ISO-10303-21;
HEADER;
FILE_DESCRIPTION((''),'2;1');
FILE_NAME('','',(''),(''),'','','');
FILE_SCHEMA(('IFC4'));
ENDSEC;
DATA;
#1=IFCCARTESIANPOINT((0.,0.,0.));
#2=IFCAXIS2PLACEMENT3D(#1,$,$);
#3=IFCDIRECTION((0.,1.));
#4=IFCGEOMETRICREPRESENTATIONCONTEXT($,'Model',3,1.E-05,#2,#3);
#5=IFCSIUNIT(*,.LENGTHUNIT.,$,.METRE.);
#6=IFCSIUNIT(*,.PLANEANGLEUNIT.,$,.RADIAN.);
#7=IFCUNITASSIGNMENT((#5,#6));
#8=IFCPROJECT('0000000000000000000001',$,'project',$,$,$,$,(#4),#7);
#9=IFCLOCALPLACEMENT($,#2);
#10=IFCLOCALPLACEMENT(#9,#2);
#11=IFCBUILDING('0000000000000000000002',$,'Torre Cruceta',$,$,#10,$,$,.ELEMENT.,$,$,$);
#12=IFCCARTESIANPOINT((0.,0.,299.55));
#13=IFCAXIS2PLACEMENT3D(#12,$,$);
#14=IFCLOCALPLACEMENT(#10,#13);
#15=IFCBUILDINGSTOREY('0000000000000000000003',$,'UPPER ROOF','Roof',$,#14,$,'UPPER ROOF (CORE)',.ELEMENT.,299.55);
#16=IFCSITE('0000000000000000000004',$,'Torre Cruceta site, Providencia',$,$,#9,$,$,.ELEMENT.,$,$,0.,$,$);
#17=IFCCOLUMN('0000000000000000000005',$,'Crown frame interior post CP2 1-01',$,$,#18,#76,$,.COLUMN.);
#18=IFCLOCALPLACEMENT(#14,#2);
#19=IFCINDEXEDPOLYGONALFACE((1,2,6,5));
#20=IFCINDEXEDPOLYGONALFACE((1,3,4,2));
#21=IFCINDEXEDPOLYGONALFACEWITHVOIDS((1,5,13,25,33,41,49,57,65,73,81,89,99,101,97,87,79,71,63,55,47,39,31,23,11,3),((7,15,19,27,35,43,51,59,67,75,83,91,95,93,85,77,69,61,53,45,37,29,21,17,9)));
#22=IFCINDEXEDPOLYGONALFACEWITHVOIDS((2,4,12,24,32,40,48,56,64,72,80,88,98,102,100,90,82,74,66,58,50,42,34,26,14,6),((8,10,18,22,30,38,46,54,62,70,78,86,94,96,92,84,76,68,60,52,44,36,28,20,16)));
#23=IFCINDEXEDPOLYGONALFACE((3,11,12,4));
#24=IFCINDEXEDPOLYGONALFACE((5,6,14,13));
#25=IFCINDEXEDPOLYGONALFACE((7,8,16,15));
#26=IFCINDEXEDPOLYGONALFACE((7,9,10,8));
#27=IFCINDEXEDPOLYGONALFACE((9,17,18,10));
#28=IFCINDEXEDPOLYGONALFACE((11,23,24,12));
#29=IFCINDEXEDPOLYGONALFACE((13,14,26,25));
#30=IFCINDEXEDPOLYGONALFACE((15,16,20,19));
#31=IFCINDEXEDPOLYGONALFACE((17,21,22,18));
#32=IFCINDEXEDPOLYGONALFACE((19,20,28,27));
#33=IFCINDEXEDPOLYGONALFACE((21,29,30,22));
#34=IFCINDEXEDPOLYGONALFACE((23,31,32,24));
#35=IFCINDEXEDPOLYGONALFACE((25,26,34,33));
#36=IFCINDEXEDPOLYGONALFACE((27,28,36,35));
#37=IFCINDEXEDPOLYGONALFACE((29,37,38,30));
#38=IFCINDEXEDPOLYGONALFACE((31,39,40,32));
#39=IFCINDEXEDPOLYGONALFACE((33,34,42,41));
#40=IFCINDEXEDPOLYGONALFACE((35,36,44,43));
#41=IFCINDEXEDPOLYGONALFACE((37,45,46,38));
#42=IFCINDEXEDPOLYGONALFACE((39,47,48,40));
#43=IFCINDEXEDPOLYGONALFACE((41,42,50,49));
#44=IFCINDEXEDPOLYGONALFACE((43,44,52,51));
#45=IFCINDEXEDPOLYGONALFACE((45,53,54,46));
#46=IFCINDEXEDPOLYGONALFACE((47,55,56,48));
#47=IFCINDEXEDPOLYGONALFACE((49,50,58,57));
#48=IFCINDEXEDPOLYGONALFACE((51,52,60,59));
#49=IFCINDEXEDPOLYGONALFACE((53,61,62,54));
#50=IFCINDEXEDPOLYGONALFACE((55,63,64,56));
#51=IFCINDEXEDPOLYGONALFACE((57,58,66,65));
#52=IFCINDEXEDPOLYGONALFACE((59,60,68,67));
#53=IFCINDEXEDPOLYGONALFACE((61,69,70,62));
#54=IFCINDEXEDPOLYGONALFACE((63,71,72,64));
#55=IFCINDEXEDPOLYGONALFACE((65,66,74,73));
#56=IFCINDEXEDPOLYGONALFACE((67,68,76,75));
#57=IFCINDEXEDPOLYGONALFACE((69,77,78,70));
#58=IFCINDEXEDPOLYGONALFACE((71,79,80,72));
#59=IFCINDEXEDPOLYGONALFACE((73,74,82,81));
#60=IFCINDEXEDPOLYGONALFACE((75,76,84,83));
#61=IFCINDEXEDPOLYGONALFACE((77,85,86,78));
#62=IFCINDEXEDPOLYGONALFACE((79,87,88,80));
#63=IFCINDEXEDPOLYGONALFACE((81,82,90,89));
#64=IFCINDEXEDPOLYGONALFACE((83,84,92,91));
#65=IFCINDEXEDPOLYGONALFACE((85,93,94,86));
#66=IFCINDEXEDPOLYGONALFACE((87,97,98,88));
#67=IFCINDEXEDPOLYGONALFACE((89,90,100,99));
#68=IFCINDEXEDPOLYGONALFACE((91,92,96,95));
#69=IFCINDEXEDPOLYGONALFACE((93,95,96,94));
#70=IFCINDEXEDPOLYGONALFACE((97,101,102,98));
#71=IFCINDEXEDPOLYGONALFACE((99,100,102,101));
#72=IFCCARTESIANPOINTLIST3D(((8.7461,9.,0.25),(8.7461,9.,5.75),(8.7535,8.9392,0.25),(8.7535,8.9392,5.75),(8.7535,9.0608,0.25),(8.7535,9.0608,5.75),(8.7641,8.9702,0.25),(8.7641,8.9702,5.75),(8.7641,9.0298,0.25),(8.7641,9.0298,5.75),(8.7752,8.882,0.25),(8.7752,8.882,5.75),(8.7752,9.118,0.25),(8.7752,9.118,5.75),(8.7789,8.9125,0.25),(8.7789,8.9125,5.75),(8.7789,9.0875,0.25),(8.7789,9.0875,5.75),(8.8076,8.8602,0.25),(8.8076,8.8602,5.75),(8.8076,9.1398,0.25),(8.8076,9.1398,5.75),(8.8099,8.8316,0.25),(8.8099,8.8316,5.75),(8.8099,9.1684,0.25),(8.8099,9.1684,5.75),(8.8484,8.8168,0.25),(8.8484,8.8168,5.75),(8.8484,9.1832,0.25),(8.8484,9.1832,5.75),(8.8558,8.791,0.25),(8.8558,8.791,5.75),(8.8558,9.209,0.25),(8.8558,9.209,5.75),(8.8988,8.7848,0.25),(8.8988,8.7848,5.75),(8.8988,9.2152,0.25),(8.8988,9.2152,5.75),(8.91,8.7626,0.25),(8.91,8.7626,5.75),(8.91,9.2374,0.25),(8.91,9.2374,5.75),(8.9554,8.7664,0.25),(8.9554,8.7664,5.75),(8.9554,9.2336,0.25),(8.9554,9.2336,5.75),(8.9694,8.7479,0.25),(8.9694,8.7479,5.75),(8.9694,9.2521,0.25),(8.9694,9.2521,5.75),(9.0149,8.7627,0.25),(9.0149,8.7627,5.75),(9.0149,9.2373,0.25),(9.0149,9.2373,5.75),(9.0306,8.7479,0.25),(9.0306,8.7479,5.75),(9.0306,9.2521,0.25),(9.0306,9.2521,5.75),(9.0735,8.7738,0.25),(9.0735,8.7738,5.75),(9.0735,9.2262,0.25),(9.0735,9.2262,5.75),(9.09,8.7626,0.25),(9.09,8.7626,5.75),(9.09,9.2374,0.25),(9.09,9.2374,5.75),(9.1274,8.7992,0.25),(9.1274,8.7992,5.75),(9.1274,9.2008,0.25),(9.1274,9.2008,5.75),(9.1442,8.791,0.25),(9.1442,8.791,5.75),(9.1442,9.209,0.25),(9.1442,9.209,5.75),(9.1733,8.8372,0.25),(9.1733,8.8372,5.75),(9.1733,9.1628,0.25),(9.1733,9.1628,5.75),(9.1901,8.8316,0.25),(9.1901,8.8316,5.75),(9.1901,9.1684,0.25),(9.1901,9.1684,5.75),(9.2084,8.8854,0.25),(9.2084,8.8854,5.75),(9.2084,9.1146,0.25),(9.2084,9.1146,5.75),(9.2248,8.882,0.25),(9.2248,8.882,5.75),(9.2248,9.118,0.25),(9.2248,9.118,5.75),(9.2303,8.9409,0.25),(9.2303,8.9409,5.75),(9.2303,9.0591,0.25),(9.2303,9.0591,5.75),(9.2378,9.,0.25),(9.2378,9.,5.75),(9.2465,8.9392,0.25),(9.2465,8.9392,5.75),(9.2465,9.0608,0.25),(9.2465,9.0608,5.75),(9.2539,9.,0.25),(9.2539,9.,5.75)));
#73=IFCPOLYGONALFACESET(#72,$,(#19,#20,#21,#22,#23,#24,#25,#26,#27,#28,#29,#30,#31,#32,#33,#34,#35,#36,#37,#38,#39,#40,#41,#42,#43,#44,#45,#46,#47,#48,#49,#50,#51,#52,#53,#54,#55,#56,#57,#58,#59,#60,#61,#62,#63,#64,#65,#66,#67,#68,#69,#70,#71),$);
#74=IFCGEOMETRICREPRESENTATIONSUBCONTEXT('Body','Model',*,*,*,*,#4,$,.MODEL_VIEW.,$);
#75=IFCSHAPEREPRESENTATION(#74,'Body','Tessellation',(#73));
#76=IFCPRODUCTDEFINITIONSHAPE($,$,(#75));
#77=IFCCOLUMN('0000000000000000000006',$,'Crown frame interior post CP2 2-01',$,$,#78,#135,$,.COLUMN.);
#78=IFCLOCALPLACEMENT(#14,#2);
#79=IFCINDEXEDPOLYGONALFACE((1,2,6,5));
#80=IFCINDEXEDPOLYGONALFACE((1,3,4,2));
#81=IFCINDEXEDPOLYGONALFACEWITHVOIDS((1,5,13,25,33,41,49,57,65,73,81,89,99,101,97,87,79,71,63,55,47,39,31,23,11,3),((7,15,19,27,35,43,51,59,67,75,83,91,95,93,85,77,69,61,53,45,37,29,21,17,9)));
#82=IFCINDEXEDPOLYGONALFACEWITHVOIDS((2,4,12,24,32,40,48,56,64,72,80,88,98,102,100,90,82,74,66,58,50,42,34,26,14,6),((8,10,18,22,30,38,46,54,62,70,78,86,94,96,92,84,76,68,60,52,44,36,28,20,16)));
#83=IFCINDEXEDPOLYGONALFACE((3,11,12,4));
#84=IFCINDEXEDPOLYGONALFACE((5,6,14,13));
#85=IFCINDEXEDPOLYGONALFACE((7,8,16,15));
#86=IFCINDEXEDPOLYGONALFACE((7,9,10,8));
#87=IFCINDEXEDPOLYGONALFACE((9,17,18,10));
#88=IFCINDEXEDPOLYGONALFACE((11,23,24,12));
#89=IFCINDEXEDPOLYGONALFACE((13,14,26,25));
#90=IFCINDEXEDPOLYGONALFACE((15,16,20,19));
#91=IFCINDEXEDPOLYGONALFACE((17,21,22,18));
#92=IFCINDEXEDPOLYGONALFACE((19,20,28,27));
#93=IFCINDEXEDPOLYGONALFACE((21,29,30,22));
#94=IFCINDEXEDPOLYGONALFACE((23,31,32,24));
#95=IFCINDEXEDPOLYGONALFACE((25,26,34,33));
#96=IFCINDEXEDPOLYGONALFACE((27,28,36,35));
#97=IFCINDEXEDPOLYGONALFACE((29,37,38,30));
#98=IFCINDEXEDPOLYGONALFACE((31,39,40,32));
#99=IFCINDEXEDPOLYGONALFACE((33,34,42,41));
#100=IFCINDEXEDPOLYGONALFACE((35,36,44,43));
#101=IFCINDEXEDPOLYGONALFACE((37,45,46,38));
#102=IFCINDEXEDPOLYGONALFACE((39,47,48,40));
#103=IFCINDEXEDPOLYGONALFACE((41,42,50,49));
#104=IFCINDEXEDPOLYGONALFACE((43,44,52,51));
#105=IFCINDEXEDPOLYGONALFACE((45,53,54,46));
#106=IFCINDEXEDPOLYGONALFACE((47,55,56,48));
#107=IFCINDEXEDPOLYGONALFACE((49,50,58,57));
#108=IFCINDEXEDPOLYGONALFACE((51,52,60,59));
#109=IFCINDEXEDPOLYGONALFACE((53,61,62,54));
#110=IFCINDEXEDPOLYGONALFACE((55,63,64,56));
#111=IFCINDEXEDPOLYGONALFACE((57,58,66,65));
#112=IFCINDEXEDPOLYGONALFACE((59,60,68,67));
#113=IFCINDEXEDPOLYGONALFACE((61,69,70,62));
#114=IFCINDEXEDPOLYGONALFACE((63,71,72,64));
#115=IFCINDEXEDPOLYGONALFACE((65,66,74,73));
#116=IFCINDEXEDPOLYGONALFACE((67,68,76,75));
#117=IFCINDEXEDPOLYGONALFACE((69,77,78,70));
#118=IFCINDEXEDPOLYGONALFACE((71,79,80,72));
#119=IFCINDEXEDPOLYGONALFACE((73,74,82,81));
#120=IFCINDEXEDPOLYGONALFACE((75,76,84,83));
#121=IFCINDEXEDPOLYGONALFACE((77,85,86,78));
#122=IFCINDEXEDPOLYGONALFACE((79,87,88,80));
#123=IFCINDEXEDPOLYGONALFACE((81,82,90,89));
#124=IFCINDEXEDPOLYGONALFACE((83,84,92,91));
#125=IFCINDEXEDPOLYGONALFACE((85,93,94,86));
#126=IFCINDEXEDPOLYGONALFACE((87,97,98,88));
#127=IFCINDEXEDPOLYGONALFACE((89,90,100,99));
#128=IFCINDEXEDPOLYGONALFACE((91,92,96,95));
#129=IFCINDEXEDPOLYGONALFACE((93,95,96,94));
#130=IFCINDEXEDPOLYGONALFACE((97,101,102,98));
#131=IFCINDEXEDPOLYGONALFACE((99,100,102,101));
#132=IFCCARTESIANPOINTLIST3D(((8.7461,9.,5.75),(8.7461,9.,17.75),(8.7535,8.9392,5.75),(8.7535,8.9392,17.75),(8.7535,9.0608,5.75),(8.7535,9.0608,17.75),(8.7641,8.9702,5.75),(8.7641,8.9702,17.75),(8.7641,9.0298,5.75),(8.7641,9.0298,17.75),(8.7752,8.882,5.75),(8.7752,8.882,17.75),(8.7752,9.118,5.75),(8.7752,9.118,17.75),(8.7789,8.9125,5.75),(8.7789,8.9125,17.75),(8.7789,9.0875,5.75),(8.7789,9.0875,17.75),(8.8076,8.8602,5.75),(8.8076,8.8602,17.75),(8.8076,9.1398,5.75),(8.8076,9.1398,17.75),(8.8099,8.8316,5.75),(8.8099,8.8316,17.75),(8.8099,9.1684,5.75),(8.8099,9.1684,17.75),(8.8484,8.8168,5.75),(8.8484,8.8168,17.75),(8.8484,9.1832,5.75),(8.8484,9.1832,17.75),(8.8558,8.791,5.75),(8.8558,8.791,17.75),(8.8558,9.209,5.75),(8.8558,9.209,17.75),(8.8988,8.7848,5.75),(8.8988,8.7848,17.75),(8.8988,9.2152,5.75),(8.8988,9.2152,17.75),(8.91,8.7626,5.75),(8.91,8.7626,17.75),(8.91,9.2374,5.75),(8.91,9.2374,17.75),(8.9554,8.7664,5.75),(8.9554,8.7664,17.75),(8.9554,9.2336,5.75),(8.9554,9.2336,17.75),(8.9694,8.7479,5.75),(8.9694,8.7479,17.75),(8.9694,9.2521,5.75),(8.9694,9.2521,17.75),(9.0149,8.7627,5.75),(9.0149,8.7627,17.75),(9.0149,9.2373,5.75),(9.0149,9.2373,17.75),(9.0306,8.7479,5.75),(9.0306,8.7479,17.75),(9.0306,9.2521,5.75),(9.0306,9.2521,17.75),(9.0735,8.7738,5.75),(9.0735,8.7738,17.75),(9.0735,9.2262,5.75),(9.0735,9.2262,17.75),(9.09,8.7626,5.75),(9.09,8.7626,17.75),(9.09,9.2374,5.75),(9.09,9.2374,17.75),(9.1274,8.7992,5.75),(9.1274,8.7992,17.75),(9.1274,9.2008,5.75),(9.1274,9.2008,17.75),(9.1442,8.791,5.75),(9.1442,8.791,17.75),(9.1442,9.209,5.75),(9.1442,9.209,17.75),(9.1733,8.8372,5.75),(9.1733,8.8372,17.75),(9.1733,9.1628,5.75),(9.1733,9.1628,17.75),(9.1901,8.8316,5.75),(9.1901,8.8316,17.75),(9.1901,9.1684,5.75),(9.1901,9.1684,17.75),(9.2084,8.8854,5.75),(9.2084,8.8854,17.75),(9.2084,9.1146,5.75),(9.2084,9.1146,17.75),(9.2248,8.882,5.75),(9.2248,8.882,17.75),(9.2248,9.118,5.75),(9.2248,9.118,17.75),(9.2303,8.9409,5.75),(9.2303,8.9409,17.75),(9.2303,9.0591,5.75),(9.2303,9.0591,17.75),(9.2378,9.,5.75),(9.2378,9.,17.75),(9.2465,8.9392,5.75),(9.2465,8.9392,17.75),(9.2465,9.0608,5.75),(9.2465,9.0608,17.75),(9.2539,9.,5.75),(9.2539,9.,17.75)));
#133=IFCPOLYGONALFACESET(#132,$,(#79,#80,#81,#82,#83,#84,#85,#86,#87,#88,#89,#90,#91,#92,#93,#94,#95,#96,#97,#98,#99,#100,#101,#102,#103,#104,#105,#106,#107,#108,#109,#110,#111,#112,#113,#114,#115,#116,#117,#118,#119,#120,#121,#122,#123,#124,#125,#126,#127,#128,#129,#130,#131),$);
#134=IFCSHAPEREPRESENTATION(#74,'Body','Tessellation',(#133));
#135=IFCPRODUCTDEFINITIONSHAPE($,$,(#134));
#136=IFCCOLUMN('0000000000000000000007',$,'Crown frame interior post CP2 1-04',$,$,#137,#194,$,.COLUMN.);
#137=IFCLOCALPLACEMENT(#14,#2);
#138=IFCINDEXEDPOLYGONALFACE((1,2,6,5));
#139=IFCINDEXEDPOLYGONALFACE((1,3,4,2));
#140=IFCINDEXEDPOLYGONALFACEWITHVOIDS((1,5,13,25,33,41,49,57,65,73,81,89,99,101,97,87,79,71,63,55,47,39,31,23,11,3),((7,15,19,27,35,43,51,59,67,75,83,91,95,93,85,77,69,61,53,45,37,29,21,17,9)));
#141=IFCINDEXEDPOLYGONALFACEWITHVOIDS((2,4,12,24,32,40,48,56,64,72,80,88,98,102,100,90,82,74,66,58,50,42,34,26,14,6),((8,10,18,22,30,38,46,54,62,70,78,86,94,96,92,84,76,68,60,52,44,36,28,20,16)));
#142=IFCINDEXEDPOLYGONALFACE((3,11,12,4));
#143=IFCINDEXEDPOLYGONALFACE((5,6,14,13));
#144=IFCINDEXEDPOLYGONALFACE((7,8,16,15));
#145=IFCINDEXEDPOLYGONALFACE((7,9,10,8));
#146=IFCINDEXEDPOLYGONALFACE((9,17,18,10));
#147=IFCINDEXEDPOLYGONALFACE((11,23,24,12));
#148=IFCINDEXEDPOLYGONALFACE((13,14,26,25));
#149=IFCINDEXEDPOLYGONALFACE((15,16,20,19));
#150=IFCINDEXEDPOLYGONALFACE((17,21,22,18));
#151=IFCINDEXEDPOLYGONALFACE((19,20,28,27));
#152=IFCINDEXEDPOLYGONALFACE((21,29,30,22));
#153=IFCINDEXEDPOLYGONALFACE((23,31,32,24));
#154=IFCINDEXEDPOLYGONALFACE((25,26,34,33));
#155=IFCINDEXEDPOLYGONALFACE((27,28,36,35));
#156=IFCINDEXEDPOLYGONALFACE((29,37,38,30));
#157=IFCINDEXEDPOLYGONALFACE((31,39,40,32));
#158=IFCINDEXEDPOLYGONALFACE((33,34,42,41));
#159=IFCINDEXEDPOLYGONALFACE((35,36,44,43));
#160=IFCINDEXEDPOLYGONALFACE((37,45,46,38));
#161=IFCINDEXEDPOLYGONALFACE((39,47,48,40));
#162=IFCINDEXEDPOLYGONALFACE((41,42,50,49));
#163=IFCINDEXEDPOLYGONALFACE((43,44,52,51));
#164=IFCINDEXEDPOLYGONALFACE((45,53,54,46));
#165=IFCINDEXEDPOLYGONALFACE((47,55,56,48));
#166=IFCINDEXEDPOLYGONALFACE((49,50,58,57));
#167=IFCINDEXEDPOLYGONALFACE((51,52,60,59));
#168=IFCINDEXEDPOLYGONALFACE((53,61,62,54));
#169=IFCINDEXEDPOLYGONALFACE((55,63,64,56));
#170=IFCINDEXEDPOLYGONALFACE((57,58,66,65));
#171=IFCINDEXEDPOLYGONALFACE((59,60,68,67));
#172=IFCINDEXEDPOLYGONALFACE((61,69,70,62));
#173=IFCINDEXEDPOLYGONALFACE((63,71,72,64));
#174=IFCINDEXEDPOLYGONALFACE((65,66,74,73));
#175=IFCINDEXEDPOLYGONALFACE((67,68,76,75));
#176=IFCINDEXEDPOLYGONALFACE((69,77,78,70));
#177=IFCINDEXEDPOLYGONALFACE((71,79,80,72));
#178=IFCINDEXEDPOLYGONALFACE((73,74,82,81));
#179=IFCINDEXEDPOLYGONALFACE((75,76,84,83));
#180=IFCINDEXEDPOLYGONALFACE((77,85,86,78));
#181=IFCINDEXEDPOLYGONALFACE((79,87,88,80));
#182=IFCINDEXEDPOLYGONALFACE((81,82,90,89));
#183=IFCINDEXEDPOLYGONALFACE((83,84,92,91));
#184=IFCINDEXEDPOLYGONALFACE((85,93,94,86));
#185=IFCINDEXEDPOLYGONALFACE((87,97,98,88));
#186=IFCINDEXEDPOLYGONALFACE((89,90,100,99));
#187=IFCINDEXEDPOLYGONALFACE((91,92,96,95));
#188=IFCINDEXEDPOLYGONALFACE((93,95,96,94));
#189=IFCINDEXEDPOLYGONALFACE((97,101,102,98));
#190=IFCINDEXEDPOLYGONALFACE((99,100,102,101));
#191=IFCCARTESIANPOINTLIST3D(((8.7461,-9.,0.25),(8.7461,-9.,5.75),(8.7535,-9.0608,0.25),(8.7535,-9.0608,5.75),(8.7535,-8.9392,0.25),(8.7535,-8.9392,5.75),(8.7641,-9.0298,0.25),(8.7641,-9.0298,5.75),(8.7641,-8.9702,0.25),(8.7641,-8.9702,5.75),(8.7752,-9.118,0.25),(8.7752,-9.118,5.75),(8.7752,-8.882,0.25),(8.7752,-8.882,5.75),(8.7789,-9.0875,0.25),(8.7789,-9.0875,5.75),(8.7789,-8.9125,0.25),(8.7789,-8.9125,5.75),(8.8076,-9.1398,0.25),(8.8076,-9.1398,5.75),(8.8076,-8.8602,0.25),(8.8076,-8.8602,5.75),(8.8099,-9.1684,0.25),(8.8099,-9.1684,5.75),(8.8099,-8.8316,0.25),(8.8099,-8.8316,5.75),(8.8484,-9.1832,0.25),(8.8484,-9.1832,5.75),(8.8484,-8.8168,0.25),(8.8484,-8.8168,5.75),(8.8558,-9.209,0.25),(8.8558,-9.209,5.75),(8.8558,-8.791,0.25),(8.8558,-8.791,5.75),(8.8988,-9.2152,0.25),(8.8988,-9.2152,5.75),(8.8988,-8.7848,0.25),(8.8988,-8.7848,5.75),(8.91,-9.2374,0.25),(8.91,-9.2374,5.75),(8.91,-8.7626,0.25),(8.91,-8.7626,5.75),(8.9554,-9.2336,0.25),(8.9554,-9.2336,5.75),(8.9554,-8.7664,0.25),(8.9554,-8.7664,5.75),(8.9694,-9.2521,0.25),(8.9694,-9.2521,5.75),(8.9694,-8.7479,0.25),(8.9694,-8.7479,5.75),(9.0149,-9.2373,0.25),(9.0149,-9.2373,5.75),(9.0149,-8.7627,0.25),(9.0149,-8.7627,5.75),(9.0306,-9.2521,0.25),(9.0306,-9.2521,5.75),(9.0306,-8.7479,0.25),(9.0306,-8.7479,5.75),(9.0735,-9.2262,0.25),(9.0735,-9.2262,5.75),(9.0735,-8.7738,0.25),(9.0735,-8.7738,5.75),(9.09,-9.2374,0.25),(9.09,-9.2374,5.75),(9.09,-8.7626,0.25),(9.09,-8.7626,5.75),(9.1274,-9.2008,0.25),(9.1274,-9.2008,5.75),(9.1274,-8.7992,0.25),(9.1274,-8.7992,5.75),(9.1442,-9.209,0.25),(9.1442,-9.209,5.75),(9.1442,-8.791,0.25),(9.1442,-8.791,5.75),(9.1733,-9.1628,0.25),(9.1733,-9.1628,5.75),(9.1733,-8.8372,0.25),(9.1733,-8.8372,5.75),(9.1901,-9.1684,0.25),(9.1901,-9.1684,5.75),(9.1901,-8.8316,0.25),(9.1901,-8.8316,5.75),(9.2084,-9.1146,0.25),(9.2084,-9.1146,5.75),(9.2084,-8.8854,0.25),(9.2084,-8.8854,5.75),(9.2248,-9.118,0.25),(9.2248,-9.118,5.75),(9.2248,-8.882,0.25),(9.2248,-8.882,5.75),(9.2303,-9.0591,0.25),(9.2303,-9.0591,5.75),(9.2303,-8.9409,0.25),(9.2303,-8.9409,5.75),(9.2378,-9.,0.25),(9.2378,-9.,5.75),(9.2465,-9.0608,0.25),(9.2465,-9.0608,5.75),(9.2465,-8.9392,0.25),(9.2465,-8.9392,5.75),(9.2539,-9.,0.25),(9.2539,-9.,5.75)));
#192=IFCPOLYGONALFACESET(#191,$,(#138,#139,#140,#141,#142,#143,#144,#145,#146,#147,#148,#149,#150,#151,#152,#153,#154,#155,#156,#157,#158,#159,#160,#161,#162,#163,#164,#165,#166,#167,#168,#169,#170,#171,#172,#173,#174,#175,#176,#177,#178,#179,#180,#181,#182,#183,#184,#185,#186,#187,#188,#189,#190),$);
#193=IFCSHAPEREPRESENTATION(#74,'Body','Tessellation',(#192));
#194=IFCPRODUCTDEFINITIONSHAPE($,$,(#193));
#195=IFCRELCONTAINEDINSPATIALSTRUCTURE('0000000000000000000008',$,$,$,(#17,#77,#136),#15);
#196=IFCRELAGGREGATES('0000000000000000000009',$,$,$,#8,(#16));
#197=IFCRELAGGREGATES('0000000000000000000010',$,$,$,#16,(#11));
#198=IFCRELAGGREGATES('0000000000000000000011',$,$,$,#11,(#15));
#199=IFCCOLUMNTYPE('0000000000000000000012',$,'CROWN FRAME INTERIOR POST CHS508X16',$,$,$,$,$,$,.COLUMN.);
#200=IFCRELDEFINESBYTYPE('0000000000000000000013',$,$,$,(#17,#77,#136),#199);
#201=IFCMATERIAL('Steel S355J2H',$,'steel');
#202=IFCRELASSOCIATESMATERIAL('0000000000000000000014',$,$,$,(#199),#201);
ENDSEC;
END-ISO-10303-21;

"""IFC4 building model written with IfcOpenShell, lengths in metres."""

from ifc_helpers import new_model, si_unit, direction, frame, origin, origin_2d, place, context, subcontext, project, spatial, hollow_circle, extrude, material, material_profile, profile_set, type_object, element, save


model = new_model("IFC4")

# Units and contexts
model_context = context("Model", 3, precision=1e-05, world=origin(), true_north=direction((0.0, 1.0)))
body_context = subcontext(model_context, "Body", "Model", "MODEL_VIEW")
ifc_project = project(units=[si_unit("LENGTHUNIT", "METRE"), si_unit("PLANEANGLEUNIT", "RADIAN")], contexts=[model_context])

# Site, building, storey
site_placement = place(None, origin())
site = spatial("IfcSite", under=ifc_project, at=site_placement, Name="Torre Cruceta site, Providencia", CompositionType="ELEMENT", RefElevation=0.0)
building_placement = place(site_placement, origin())
building = spatial("IfcBuilding", under=site, at=building_placement, Name="Torre Cruceta", CompositionType="ELEMENT")
storey_placement = place(building_placement, frame((0.0, 0.0, 299.55)))
storey = spatial("IfcBuildingStorey", under=building, at=storey_placement, Name="UPPER ROOF", Description="Roof", LongName="UPPER ROOF (CORE)", CompositionType="ELEMENT", Elevation=299.55)

# Columns
ifc_material_1 = material(Name="Steel S355J2H", Category="steel")
ifc_material_profile_1 = material_profile(ifc_material_1, hollow_circle(Radius=0.2539, WallThickness=0.0161, at=origin_2d()), Name="CHS508X16")
ifc_profile_set_1 = profile_set([ifc_material_profile_1], Name="Steel S355J2H")
column_type_1 = type_object("IfcColumnType", Name="CROWN FRAME INTERIOR POST CHS508X16", PredefinedType="COLUMN", material=ifc_profile_set_1)
column_1_placement = place(storey_placement, frame((9.0, 9.0, 0.25), z_axis=(0.0, 0.0, 1.0), x_axis=(1.0, 0.0, 0.0)))
element("IfcColumn", 1, at=column_1_placement, inside=storey, type_object=column_type_1, Name="Crown frame interior post CP2 1-01", PredefinedType="COLUMN", context=body_context, shape_type="SweptSolid", body=[
    extrude(hollow_circle(Radius=0.2539, WallThickness=0.0161, at=origin_2d()), origin(), (0.0, 0.0, 1.0), 5.5),
])
column_2_placement = place(storey_placement, frame((9.0, 9.0, 5.75), z_axis=(0.0, 0.0, 1.0), x_axis=(1.0, 0.0, 0.0)))
element("IfcColumn", 2, at=column_2_placement, inside=storey, type_object=column_type_1, Name="Crown frame interior post CP2 2-01", PredefinedType="COLUMN", context=body_context, shape_type="SweptSolid", body=[
    extrude(hollow_circle(Radius=0.2539, WallThickness=0.0161, at=origin_2d()), origin(), (0.0, 0.0, 1.0), 12.0),
])
column_3_placement = place(storey_placement, frame((9.0, -9.0, 0.25), z_axis=(0.0, 0.0, 1.0), x_axis=(1.0, 0.0, 0.0)))
element("IfcColumn", 3, at=column_3_placement, inside=storey, type_object=column_type_1, Name="Crown frame interior post CP2 1-04", PredefinedType="COLUMN", context=body_context, shape_type="SweptSolid", body=[
    extrude(hollow_circle(Radius=0.2539, WallThickness=0.0161, at=origin_2d()), origin(), (0.0, 0.0, 1.0), 5.5),
])

save(model, "model.ifc")
